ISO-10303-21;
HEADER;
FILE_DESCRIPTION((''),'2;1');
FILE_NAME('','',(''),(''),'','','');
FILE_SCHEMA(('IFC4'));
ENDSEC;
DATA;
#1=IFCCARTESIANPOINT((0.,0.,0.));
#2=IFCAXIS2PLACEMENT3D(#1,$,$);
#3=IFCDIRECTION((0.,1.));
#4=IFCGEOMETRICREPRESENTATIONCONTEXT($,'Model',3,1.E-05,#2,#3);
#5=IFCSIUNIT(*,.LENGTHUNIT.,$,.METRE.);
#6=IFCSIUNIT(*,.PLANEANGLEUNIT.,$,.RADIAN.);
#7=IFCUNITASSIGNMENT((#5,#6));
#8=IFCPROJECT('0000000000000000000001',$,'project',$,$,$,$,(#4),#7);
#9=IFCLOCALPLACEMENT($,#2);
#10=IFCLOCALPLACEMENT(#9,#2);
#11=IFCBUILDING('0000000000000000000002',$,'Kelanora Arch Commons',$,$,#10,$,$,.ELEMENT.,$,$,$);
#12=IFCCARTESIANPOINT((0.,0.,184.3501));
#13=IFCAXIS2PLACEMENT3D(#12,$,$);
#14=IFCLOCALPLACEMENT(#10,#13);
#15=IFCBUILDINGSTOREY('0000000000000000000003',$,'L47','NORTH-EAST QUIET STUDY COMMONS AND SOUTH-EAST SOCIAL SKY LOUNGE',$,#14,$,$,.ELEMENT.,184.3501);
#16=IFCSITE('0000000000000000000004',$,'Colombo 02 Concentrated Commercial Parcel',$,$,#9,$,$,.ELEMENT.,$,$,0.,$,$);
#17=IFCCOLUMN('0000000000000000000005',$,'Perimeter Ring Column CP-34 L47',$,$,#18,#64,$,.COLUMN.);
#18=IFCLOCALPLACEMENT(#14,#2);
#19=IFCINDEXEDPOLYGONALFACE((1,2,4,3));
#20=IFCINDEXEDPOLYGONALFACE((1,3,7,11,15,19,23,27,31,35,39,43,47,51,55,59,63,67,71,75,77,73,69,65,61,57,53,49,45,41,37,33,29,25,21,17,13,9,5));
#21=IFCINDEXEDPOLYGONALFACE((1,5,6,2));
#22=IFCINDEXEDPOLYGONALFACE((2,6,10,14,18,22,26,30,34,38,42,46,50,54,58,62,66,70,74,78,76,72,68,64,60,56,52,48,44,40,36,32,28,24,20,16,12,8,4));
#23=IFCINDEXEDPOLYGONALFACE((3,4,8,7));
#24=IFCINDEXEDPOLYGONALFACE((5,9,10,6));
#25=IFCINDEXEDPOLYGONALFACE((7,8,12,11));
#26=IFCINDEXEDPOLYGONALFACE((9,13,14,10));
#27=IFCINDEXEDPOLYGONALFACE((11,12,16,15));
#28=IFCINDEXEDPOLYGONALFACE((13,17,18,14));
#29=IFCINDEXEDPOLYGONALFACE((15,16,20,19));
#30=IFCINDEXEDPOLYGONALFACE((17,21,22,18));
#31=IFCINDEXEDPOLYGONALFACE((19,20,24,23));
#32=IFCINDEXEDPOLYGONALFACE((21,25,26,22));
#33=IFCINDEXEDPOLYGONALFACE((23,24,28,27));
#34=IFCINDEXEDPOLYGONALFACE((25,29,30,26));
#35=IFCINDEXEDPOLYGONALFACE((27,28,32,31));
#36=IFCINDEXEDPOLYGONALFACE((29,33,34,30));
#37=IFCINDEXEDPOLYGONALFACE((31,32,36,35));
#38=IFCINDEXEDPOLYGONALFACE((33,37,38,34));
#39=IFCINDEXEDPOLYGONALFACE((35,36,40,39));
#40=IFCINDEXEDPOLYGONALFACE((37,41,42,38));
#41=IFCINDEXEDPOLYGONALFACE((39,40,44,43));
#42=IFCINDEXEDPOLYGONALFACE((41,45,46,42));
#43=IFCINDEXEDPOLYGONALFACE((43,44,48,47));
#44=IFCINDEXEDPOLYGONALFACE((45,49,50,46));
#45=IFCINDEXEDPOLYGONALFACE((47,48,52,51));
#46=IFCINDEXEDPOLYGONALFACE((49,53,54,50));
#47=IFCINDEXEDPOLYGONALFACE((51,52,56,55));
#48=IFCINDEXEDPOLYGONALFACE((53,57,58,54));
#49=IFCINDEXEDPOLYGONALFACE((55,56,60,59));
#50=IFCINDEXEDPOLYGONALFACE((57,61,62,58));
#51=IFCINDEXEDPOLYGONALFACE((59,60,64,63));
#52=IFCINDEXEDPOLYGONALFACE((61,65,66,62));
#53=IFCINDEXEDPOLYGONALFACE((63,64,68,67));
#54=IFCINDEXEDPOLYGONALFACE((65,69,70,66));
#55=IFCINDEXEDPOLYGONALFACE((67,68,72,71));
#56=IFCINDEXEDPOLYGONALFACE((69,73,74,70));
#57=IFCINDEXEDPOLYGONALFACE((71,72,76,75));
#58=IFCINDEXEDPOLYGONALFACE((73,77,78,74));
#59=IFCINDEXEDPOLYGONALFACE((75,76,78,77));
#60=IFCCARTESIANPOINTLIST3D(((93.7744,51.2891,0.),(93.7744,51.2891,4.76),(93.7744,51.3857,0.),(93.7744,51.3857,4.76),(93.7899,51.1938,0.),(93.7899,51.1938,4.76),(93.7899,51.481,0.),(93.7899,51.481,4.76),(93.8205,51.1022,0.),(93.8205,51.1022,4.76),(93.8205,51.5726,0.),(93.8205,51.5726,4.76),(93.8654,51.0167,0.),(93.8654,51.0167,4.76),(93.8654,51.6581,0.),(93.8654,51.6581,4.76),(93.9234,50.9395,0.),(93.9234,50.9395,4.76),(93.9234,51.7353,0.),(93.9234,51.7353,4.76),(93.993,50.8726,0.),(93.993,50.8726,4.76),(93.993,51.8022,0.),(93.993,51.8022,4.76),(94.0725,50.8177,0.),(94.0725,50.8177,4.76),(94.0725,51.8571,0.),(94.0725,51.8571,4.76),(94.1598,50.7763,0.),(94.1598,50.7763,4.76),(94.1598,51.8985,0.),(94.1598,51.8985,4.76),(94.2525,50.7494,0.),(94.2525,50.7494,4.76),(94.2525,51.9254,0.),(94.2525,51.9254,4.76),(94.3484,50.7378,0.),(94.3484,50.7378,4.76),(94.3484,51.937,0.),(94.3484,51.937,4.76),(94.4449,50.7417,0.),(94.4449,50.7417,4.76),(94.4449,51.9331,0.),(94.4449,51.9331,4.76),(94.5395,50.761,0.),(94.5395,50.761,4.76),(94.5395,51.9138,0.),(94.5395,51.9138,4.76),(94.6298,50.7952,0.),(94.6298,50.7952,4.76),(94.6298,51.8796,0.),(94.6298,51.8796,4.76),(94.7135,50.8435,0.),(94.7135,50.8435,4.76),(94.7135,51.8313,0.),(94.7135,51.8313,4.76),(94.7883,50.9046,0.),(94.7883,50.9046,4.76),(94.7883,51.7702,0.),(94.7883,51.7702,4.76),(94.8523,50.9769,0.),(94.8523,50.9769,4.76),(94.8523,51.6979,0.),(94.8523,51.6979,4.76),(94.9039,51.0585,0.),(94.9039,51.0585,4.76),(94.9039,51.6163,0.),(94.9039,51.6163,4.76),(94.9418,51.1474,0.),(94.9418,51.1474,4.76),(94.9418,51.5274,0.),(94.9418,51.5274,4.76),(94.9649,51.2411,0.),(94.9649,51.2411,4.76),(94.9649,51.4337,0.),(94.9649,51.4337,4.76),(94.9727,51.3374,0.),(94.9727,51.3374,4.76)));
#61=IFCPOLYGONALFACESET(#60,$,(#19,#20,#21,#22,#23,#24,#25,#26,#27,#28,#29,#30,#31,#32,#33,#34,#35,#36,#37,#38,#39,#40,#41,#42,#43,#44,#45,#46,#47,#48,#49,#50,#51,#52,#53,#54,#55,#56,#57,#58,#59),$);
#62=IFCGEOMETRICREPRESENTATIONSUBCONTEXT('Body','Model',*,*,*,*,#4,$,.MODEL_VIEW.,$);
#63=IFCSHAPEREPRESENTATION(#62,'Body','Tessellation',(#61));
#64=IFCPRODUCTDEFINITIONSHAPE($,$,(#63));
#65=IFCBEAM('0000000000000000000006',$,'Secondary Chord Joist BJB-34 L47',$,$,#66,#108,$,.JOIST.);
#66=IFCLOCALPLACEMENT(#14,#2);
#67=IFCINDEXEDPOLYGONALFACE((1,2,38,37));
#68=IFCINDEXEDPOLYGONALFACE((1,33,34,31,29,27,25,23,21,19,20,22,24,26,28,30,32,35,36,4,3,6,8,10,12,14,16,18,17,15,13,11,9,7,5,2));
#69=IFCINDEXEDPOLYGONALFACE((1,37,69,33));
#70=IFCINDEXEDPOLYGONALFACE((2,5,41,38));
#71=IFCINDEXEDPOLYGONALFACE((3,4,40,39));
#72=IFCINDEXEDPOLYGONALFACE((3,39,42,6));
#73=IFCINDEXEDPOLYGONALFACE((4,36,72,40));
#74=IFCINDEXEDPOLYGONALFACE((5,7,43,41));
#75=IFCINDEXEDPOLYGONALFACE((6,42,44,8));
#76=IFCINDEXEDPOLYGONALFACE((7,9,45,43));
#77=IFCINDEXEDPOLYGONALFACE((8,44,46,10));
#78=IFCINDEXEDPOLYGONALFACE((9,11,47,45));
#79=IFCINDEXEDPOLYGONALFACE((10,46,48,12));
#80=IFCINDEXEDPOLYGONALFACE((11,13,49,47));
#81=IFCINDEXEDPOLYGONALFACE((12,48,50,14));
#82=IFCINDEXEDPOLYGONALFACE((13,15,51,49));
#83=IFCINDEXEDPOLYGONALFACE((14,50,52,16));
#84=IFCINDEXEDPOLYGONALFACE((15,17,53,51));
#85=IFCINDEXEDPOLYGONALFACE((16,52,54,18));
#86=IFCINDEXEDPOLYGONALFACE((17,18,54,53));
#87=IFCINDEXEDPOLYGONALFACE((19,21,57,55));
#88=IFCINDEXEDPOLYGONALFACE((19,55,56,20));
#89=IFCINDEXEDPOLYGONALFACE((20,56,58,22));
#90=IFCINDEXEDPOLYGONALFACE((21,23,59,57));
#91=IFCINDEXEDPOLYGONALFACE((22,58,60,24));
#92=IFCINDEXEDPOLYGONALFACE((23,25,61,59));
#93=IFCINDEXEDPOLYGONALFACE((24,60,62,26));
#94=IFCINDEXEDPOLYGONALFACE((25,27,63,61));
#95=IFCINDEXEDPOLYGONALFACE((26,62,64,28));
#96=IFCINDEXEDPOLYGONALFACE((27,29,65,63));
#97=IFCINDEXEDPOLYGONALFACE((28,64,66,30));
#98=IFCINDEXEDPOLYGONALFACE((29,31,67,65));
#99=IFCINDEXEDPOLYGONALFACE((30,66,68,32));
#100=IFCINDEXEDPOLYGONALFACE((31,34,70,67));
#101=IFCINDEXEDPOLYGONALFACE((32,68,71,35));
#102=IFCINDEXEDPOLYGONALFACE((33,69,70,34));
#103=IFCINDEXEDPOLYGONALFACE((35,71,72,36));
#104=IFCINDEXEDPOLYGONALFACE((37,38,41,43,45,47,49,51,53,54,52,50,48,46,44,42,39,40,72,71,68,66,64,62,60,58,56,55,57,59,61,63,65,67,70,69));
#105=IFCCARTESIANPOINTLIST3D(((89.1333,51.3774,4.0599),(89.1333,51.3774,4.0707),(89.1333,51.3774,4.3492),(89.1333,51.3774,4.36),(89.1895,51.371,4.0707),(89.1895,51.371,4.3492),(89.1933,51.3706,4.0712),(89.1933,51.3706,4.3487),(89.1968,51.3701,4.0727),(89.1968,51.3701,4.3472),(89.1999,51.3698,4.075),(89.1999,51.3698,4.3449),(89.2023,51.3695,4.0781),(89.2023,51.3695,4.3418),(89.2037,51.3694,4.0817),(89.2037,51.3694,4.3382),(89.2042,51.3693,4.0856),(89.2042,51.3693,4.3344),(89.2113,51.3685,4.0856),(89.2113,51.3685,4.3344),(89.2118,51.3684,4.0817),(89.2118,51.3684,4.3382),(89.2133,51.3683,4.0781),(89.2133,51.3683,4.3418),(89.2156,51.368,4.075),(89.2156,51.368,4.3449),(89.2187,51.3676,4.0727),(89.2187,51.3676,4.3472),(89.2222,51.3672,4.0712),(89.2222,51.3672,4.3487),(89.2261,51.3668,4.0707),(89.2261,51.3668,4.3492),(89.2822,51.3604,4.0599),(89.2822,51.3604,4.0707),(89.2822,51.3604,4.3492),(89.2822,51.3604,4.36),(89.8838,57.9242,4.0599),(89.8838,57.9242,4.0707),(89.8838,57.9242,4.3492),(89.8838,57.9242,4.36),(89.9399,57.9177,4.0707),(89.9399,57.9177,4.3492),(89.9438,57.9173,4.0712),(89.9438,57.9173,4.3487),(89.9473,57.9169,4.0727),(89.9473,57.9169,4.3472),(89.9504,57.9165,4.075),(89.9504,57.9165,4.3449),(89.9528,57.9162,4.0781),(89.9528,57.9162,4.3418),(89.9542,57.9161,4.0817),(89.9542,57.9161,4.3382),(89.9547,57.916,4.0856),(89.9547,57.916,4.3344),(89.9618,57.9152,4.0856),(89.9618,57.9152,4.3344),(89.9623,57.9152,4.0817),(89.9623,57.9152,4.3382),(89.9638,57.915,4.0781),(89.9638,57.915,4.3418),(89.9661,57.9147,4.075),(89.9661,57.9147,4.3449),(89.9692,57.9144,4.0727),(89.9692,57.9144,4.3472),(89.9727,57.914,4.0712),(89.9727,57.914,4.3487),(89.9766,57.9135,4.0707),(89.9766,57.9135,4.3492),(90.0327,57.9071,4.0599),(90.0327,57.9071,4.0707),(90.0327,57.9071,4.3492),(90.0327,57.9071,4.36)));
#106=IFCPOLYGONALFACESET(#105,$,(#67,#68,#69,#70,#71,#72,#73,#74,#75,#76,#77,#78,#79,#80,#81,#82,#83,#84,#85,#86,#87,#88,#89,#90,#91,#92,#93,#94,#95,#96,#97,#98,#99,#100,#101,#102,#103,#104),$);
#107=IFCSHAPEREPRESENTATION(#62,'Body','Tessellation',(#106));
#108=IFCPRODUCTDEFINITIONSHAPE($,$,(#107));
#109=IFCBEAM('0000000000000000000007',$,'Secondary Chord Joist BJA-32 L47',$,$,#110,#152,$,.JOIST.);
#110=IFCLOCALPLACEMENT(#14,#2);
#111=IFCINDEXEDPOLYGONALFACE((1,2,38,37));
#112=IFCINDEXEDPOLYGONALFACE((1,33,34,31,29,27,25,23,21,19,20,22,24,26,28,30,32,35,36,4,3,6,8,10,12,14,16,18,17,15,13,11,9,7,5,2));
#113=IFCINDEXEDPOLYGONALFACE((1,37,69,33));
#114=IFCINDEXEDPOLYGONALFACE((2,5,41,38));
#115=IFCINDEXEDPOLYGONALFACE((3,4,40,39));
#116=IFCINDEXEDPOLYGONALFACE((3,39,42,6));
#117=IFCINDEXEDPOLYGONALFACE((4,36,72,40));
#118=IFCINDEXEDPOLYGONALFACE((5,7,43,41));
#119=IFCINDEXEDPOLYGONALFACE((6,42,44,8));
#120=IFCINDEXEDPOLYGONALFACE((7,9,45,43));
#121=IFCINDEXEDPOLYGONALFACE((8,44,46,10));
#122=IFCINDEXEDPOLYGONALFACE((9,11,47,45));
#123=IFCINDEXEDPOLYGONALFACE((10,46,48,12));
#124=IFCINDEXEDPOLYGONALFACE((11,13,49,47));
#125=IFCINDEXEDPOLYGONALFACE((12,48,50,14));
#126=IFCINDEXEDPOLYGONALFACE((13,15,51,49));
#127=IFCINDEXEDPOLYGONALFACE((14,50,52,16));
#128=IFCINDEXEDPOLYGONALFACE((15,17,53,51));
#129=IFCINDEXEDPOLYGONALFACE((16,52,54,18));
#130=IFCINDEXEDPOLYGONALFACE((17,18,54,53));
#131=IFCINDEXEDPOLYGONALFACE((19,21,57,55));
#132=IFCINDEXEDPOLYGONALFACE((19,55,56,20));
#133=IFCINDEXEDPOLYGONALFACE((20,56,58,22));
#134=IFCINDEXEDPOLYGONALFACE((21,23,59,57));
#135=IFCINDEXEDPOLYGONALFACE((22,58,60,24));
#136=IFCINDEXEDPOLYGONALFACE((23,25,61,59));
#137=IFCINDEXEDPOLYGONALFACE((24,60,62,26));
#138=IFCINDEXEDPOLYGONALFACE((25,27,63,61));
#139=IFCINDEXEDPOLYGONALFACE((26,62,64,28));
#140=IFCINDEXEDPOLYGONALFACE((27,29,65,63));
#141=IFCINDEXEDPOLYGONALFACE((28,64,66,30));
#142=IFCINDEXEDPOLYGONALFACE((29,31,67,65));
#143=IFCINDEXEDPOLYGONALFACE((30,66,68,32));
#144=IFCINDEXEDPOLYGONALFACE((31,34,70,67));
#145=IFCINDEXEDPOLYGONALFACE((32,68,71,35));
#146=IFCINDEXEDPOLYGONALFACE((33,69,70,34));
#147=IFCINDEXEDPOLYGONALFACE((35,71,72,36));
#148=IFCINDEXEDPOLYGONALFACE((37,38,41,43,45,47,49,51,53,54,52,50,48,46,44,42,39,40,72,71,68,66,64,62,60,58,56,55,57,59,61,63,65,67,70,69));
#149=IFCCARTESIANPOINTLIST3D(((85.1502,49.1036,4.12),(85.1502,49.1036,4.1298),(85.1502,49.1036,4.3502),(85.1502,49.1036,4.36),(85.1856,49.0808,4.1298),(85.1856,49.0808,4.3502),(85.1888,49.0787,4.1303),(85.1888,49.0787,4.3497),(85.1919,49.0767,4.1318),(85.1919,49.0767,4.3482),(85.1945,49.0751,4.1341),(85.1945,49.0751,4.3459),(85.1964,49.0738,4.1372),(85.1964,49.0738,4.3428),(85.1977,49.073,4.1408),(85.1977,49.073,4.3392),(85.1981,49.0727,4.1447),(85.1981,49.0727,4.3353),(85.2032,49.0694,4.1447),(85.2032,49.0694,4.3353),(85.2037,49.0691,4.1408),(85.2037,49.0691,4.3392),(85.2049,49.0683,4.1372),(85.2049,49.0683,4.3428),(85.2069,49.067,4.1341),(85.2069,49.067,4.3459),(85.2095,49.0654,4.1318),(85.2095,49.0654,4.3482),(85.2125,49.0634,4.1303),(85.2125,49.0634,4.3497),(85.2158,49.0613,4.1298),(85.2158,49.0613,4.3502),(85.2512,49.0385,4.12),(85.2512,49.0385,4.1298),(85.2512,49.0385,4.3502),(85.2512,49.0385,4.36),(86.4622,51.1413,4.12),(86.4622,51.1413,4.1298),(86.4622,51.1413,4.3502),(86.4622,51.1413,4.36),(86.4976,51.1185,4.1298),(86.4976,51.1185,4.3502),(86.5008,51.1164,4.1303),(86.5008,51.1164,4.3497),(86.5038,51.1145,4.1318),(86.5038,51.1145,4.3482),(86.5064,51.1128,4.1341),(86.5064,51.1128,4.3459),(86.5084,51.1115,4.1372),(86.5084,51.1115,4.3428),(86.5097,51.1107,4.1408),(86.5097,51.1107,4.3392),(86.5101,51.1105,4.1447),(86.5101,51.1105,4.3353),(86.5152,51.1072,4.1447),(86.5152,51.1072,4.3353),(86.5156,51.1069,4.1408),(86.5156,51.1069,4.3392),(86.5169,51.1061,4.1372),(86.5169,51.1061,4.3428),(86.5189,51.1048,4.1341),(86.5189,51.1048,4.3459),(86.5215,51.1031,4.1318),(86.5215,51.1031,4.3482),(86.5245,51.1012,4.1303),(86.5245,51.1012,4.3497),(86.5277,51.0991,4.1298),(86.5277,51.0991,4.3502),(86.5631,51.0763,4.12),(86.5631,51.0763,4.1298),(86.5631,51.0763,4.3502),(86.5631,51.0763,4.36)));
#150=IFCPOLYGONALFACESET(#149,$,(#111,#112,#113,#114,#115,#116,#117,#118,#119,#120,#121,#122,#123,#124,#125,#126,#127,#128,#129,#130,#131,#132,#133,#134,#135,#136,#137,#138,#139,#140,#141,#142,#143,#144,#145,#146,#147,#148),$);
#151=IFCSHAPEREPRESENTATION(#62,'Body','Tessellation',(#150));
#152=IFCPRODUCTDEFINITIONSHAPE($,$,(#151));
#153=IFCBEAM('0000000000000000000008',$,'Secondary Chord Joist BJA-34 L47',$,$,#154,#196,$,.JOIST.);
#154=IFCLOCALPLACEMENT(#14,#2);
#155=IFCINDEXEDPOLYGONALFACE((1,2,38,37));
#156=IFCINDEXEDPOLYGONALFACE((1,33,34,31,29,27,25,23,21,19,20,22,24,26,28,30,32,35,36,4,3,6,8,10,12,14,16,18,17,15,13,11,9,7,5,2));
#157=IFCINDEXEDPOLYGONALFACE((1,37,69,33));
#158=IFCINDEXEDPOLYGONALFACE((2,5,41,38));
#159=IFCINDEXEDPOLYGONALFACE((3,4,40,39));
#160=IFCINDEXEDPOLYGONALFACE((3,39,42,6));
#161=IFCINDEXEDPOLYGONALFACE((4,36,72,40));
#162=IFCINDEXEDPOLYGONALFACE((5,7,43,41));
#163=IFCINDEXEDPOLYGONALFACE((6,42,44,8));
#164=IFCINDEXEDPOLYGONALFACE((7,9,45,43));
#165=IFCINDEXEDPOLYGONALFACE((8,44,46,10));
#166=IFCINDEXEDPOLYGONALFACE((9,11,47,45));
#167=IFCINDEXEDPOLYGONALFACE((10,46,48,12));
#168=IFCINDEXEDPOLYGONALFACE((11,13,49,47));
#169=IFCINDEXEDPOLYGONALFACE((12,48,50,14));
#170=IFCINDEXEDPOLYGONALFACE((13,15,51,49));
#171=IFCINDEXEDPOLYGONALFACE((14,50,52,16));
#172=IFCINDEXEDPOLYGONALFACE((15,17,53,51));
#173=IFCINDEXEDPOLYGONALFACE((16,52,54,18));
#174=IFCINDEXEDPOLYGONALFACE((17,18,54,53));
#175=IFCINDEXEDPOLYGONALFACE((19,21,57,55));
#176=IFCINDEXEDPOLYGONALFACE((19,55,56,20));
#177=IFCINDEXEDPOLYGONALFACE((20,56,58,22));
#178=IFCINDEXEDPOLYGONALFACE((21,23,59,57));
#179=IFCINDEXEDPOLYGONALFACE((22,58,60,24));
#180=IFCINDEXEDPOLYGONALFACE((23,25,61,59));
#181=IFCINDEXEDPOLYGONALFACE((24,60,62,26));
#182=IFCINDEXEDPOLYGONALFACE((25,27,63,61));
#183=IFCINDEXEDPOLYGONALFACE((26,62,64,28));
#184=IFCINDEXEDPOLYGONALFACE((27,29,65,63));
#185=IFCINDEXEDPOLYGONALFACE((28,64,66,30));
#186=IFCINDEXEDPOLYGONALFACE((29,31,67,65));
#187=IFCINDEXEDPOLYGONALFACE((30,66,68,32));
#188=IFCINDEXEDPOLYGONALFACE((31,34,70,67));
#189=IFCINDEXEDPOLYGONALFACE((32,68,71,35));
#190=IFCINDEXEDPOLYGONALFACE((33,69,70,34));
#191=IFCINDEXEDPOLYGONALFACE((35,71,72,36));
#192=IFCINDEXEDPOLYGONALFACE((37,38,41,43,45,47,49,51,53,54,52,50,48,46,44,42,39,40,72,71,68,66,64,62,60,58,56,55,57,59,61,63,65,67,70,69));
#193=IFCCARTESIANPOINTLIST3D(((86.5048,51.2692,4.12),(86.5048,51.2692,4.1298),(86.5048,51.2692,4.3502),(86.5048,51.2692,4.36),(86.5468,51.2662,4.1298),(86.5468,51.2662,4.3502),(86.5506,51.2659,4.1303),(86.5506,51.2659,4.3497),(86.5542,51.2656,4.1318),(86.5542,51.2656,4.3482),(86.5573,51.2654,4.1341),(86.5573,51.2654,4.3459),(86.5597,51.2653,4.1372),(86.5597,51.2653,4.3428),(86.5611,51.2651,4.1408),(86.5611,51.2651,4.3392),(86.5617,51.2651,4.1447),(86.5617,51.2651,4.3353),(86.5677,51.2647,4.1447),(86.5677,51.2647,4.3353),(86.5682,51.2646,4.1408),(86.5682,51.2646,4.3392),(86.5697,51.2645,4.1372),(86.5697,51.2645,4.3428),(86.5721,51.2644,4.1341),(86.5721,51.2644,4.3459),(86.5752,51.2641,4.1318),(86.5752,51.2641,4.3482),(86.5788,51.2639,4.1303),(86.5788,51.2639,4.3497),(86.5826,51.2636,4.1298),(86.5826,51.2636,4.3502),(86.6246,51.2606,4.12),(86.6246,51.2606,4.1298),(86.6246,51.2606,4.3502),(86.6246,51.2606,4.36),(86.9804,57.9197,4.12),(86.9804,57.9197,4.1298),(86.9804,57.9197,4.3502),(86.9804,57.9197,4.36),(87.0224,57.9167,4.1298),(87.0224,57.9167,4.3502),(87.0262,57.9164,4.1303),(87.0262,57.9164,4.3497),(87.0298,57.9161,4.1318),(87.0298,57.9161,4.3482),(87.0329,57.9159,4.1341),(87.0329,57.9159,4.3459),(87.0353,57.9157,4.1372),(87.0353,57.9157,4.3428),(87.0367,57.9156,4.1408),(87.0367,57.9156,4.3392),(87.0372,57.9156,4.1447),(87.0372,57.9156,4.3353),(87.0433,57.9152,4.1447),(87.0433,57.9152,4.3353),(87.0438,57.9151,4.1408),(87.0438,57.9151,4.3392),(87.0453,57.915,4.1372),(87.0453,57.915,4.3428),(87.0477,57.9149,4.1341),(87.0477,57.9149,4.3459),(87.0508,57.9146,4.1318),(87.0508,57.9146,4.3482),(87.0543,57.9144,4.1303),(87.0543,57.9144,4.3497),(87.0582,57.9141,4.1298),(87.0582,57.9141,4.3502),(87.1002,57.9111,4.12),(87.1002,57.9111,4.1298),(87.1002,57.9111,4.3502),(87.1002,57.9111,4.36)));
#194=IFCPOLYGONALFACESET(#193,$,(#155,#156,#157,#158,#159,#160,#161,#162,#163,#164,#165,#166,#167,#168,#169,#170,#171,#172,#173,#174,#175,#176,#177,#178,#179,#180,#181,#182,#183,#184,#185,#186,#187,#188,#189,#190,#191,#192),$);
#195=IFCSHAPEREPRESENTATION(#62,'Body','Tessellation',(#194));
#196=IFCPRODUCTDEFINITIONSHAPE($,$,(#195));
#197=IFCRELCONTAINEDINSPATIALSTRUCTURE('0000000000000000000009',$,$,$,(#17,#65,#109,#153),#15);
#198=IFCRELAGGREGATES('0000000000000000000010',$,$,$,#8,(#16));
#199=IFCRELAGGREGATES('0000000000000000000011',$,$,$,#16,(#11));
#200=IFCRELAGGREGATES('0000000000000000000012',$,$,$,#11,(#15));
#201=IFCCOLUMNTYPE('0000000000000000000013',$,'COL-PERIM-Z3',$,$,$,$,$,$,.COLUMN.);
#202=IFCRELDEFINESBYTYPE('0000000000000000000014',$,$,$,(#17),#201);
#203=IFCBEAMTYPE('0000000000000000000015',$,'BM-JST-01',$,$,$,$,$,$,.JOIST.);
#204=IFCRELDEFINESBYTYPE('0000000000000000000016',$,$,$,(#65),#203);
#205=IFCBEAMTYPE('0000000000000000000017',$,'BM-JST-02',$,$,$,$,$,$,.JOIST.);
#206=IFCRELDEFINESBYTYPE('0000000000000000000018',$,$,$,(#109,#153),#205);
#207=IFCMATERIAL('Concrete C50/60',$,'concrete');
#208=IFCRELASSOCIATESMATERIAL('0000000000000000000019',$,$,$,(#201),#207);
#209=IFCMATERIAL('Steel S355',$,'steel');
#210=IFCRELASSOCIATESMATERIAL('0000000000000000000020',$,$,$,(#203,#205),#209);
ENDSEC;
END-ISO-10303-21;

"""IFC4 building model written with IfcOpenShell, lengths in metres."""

from ifc_helpers import new_model, si_unit, direction, frame, origin, origin_2d, place, context, subcontext, project, spatial, circle, i_section, extrude, material, material_profile, profile_set, type_object, element, save


model = new_model("IFC4")

# Units and contexts
model_context = context("Model", 3, precision=1e-05, world=origin(), true_north=direction((0.0, 1.0)))
body_context = subcontext(model_context, "Body", "Model", "MODEL_VIEW")
ifc_project = project(units=[si_unit("LENGTHUNIT", "METRE"), si_unit("PLANEANGLEUNIT", "RADIAN")], contexts=[model_context])

# Site, building, storey
site_placement = place(None, origin())
site = spatial("IfcSite", under=ifc_project, at=site_placement, Name="Colombo 02 Concentrated Commercial Parcel", CompositionType="ELEMENT", RefElevation=0.0)
building_placement = place(site_placement, origin())
building = spatial("IfcBuilding", under=site, at=building_placement, Name="Kelanora Arch Commons", CompositionType="ELEMENT")
storey_placement = place(building_placement, frame((0.0, 0.0, 184.3501)))
storey = spatial("IfcBuildingStorey", under=building, at=storey_placement, Name="L47", Description="NORTH-EAST QUIET STUDY COMMONS AND SOUTH-EAST SOCIAL SKY LOUNGE", CompositionType="ELEMENT", Elevation=184.3501)

# Column
ifc_material_1 = material(Name="Concrete C50/60", Category="concrete")
ifc_material_profile_1 = material_profile(ifc_material_1, circle(Radius=0.6001, at=origin_2d()), Name="RCC1200")
ifc_profile_set_1 = profile_set([ifc_material_profile_1], Name="Concrete C50/60")
column_type = type_object("IfcColumnType", Name="COL-PERIM-Z3", PredefinedType="COLUMN", material=ifc_profile_set_1)
column_placement = place(storey_placement, frame((94.3726, 51.3374, 0.0), z_axis=(0.0, 0.0, 1.0), x_axis=(1.0, 0.0, 0.0)))
element("IfcColumn", 1, at=column_placement, inside=storey, type_object=column_type, Name="Perimeter Ring Column CP-34 L47", PredefinedType="COLUMN", context=body_context, shape_type="SweptSolid", body=[
    extrude(circle(Radius=0.6001, at=origin_2d()), origin(), (0.0, 0.0, 1.0), 4.76),
])

# Beams
ifc_material_2 = material(Name="Steel S355", Category="steel")
ifc_material_profile_2 = material_profile(ifc_material_2, i_section(OverallWidth=0.1499, OverallDepth=0.3, WebThickness=0.0071, FlangeThickness=0.0107, FilletRadius=0.0149, at=origin_2d()), Name="IPE300")
ifc_profile_set_2 = profile_set([ifc_material_profile_2], Name="Steel S355")
beam_type_1 = type_object("IfcBeamType", Name="BM-JST-01", PredefinedType="JOIST", material=ifc_profile_set_2)
beam_1_placement = place(storey_placement, frame((89.2078, 51.3689, 4.21), z_axis=(0.113891, 0.993493, 0.0), x_axis=(-0.993493, 0.113891, 0.0)))
element("IfcBeam", 2, at=beam_1_placement, inside=storey, type_object=beam_type_1, Name="Secondary Chord Joist BJB-34 L47", PredefinedType="JOIST", context=body_context, shape_type="SweptSolid", body=[
    extrude(i_section(OverallWidth=0.1499, OverallDepth=0.3, WebThickness=0.0071, FlangeThickness=0.0107, FilletRadius=0.0149, at=origin_2d()), origin(), (0.0, 0.0, 1.0), 6.5896),
])
ifc_material_profile_3 = material_profile(ifc_material_2, i_section(OverallWidth=0.1201, OverallDepth=0.24, WebThickness=0.0061, FlangeThickness=0.0098, FilletRadius=0.0149, at=origin_2d()), Name="IPE240")
ifc_profile_set_3 = profile_set([ifc_material_profile_3], Name="Steel S355")
beam_type_2 = type_object("IfcBeamType", Name="BM-JST-02", PredefinedType="JOIST", material=ifc_profile_set_3)
beam_2_placement = place(storey_placement, frame((85.2007, 49.071, 4.24), z_axis=(0.541333, 0.840808, 0.0), x_axis=(-0.840808, 0.541333, 0.0)))
element("IfcBeam", 3, at=beam_2_placement, inside=storey, type_object=beam_type_2, Name="Secondary Chord Joist BJA-32 L47", PredefinedType="JOIST", context=body_context, shape_type="SweptSolid", body=[
    extrude(i_section(OverallWidth=0.1201, OverallDepth=0.24, WebThickness=0.0061, FlangeThickness=0.0098, FilletRadius=0.0149, at=origin_2d()), origin(), (0.0, 0.0, 1.0), 2.4236),
])
beam_3_placement = place(storey_placement, frame((86.5647, 51.2649, 4.24), z_axis=(0.07133, 0.997453, 0.0), x_axis=(-0.997453, 0.07133, 0.0)))
element("IfcBeam", 4, at=beam_3_placement, inside=storey, type_object=beam_type_2, Name="Secondary Chord Joist BJA-34 L47", PredefinedType="JOIST", context=body_context, shape_type="SweptSolid", body=[
    extrude(i_section(OverallWidth=0.1201, OverallDepth=0.24, WebThickness=0.0061, FlangeThickness=0.0098, FilletRadius=0.0149, at=origin_2d()), origin(), (0.0, 0.0, 1.0), 6.6675),
])

save(model, "model.ifc")
